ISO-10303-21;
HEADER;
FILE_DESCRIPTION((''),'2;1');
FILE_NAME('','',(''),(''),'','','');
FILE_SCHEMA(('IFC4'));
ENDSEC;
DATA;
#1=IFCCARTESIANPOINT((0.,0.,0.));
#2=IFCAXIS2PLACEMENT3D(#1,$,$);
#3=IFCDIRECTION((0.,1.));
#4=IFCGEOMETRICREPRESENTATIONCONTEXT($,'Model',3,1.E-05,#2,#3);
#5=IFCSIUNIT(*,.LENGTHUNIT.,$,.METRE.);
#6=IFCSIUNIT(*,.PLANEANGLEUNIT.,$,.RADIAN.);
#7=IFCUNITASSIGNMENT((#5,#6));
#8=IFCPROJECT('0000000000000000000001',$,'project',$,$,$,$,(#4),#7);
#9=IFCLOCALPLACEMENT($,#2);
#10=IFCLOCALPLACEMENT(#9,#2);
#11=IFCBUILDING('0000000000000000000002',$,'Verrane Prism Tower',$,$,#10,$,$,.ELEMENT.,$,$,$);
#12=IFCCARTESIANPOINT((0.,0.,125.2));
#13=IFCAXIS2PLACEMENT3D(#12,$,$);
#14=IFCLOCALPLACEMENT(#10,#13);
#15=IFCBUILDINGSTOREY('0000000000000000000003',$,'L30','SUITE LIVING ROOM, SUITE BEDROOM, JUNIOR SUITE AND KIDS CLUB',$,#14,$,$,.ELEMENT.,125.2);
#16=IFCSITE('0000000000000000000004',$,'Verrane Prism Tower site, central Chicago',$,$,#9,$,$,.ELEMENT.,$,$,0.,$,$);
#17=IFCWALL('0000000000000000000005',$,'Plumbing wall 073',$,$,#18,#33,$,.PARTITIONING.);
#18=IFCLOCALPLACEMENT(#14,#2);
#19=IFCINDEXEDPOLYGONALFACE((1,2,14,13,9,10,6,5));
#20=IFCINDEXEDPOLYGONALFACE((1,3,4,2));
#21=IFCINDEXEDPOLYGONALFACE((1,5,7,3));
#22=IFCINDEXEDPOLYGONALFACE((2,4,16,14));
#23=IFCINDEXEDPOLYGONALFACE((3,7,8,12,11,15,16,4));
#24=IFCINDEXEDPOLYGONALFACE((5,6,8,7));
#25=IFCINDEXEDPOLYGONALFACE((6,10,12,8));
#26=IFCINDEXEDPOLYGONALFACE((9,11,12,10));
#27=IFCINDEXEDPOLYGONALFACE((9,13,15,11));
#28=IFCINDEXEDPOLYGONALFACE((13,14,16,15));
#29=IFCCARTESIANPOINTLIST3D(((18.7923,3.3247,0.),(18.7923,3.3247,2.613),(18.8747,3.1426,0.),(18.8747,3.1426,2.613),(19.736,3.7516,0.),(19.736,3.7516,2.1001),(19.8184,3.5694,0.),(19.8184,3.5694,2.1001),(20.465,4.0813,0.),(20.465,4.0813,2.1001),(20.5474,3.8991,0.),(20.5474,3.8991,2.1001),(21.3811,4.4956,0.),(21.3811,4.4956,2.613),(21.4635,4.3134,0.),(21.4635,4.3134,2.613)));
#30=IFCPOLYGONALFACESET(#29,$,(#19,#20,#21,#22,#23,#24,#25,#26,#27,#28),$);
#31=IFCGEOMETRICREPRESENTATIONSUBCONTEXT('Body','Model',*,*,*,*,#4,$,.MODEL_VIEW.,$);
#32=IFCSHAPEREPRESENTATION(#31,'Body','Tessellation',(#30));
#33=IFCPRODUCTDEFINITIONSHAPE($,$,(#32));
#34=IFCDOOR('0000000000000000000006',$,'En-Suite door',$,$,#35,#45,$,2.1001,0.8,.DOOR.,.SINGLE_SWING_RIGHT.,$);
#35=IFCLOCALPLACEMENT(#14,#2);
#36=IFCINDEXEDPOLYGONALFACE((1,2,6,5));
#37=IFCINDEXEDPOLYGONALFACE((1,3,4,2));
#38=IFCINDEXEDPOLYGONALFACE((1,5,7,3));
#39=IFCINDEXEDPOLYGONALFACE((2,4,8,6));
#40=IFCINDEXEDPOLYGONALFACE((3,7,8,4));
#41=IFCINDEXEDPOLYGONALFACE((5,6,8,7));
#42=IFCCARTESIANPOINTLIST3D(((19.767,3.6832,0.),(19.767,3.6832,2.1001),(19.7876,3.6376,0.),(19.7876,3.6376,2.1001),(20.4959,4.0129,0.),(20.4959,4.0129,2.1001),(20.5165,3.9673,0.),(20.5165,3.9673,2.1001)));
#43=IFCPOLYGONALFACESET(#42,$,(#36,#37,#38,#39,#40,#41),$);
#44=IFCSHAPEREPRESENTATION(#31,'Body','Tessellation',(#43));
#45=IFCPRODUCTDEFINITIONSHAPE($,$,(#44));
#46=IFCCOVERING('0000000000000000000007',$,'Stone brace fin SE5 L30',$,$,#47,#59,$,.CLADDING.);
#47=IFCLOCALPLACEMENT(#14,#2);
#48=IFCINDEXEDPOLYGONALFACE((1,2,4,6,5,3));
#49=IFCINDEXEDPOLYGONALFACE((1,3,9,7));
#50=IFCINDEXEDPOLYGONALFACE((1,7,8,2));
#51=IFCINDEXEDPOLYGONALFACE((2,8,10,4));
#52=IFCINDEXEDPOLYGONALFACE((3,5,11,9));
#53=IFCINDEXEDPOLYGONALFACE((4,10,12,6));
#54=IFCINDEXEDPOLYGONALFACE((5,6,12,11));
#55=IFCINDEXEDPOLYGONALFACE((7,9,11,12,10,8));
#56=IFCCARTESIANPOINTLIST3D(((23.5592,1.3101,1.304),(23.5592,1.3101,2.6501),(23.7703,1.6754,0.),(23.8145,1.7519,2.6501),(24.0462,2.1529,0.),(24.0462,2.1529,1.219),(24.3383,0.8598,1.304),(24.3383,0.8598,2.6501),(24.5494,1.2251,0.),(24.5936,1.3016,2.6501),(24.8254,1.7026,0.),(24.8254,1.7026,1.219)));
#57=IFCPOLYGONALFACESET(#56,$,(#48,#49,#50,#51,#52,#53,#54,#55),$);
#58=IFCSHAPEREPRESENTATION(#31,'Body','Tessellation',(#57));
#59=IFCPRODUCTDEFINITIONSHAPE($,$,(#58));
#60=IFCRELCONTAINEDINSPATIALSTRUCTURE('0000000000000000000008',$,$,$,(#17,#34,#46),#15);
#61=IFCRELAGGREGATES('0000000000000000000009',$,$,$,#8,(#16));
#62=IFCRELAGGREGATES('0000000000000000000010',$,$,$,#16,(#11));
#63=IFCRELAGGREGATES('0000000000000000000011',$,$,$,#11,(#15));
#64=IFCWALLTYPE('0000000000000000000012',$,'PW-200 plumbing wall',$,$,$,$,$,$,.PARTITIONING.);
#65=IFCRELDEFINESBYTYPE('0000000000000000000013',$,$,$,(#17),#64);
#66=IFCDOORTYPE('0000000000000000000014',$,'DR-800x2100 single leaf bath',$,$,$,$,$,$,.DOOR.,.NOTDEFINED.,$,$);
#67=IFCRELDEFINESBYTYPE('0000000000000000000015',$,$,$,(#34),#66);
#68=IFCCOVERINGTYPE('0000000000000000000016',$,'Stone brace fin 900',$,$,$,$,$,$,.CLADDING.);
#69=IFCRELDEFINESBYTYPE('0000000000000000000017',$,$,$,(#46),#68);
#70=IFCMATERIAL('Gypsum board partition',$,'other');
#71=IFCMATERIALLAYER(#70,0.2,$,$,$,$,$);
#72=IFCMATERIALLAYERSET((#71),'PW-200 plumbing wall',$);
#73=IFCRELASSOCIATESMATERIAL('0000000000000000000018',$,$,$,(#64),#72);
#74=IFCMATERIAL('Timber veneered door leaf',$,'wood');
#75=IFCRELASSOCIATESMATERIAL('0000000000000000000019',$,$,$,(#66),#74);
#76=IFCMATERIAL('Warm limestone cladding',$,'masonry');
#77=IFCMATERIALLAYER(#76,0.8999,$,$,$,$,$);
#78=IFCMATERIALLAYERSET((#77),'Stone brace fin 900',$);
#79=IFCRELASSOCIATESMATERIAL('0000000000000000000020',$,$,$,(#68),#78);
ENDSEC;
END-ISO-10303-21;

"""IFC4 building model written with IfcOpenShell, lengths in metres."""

from ifc_helpers import new_model, si_unit, direction, frame, frame_2d, origin, place, context, subcontext, project, spatial, polyline, rectangle, outline, extrude, material, layer, layer_set, type_object, element, fill, save


model = new_model("IFC4")

# Units and contexts
model_context = context("Model", 3, precision=1e-05, world=origin(), true_north=direction((0.0, 1.0)))
body_context = subcontext(model_context, "Body", "Model", "MODEL_VIEW")
ifc_project = project(units=[si_unit("LENGTHUNIT", "METRE"), si_unit("PLANEANGLEUNIT", "RADIAN")], contexts=[model_context])

# Site, building, storey
site_placement = place(None, origin())
site = spatial("IfcSite", under=ifc_project, at=site_placement, Name="Verrane Prism Tower site, central Chicago", CompositionType="ELEMENT", RefElevation=0.0)
building_placement = place(site_placement, origin())
building = spatial("IfcBuilding", under=site, at=building_placement, Name="Verrane Prism Tower", CompositionType="ELEMENT")
storey_placement = place(building_placement, frame((0.0, 0.0, 125.2)))
storey = spatial("IfcBuildingStorey", under=building, at=storey_placement, Name="L30", Description="SUITE LIVING ROOM, SUITE BEDROOM, JUNIOR SUITE AND KIDS CLUB", CompositionType="ELEMENT", Elevation=125.2)

# Shared definitions
ifc_material_1 = material(Name="Gypsum board partition", Category="other")
ifc_layer_1 = layer(ifc_material_1, 0.2)
ifc_layer_set_1 = layer_set([ifc_layer_1], Name="PW-200 plumbing wall")
wall_type_1 = type_object("IfcWallType", Name="PW-200 plumbing wall", PredefinedType="PARTITIONING", material=ifc_layer_set_1)

# Wall, opening, door
wall_1_placement = place(storey_placement, frame((18.8335, 3.2336, 0.0), z_axis=(0.0, 0.0, 1.0), x_axis=(0.911142, 0.412093, 0.0)))
wall_1 = element("IfcWall", 1, at=wall_1_placement, inside=storey, type_object=wall_type_1, Name="Plumbing wall 073", PredefinedType="PARTITIONING", context=body_context, shape_type="SweptSolid", body=[
    extrude(rectangle(XDim=2.8413, YDim=0.2, at=frame_2d((1.4207, 0.0))), origin(), (0.0, 0.0, 1.0), 2.613),
])
opening_1_placement = place(wall_1_placement, frame((1.0359, 0.0, 0.0)))
opening_1 = element("IfcOpeningElement", 2, at=opening_1_placement, cuts=wall_1, PredefinedType="OPENING", context=body_context, shape_type="SweptSolid", body=[
    extrude(rectangle(XDim=0.8, YDim=2.1001, at=frame_2d((0.3999, 1.05))), frame((0.0, 0.1099, 0.0), z_axis=(0.0, -1.0, 0.0), x_axis=(1.0, 0.0, 0.0)), (0.0, 0.0, 1.0), 0.22),
])
ifc_material_2 = material(Name="Timber veneered door leaf", Category="wood")
door_type_1 = type_object("IfcDoorType", Name="DR-800x2100 single leaf bath", OperationType="NOTDEFINED", PredefinedType="DOOR", material=ifc_material_2)
door_1_placement = place(opening_1_placement, origin())
door_1 = element("IfcDoor", 3, at=door_1_placement, inside=storey, type_object=door_type_1, Name="En-Suite door", OperationType="SINGLE_SWING_RIGHT", OverallHeight=2.1001, OverallWidth=0.8, PredefinedType="DOOR", context=body_context, shape_type="SweptSolid", body=[
    extrude(rectangle(XDim=0.8, YDim=2.1001, at=frame_2d((0.3999, 1.05))), frame((0.0, 0.0249, 0.0), z_axis=(0.0, -1.0, 0.0), x_axis=(1.0, 0.0, 0.0)), (0.0, 0.0, 1.0), 0.05),
])
fill(opening_1, door_1)

# Covering
ifc_material_3 = material(Name="Warm limestone cladding", Category="masonry")
ifc_layer_2 = layer(ifc_material_3, 0.8999)
ifc_layer_set_2 = layer_set([ifc_layer_2], Name="Stone brace fin 900")
covering_type = type_object("IfcCoveringType", Name="Stone brace fin 900", PredefinedType="CLADDING", material=ifc_layer_set_2)
covering_placement = place(storey_placement, frame((24.4358, 1.9277, 0.0), z_axis=(0.0, 0.0, 1.0), x_axis=(-0.500374, -0.86581, 0.0)))
element("IfcCovering", 4, at=covering_placement, inside=storey, type_object=covering_type, Name="Stone brace fin SE5 L30", PredefinedType="CLADDING", context=body_context, shape_type="SweptSolid", body=[
    extrude(outline(polyline([(0.9734, 2.6501), (0.4631, 2.6501), (0.0, 1.219), (0.0, 0.0), (0.5515, 0.0), (0.9734, 1.304), (0.9734, 2.6501)])), frame((0.0, 0.45, 0.0), z_axis=(0.0, -1.0, 0.0), x_axis=(1.0, 0.0, 0.0)), (0.0, 0.0, 1.0), 0.8999),
])

save(model, "model.ifc")
